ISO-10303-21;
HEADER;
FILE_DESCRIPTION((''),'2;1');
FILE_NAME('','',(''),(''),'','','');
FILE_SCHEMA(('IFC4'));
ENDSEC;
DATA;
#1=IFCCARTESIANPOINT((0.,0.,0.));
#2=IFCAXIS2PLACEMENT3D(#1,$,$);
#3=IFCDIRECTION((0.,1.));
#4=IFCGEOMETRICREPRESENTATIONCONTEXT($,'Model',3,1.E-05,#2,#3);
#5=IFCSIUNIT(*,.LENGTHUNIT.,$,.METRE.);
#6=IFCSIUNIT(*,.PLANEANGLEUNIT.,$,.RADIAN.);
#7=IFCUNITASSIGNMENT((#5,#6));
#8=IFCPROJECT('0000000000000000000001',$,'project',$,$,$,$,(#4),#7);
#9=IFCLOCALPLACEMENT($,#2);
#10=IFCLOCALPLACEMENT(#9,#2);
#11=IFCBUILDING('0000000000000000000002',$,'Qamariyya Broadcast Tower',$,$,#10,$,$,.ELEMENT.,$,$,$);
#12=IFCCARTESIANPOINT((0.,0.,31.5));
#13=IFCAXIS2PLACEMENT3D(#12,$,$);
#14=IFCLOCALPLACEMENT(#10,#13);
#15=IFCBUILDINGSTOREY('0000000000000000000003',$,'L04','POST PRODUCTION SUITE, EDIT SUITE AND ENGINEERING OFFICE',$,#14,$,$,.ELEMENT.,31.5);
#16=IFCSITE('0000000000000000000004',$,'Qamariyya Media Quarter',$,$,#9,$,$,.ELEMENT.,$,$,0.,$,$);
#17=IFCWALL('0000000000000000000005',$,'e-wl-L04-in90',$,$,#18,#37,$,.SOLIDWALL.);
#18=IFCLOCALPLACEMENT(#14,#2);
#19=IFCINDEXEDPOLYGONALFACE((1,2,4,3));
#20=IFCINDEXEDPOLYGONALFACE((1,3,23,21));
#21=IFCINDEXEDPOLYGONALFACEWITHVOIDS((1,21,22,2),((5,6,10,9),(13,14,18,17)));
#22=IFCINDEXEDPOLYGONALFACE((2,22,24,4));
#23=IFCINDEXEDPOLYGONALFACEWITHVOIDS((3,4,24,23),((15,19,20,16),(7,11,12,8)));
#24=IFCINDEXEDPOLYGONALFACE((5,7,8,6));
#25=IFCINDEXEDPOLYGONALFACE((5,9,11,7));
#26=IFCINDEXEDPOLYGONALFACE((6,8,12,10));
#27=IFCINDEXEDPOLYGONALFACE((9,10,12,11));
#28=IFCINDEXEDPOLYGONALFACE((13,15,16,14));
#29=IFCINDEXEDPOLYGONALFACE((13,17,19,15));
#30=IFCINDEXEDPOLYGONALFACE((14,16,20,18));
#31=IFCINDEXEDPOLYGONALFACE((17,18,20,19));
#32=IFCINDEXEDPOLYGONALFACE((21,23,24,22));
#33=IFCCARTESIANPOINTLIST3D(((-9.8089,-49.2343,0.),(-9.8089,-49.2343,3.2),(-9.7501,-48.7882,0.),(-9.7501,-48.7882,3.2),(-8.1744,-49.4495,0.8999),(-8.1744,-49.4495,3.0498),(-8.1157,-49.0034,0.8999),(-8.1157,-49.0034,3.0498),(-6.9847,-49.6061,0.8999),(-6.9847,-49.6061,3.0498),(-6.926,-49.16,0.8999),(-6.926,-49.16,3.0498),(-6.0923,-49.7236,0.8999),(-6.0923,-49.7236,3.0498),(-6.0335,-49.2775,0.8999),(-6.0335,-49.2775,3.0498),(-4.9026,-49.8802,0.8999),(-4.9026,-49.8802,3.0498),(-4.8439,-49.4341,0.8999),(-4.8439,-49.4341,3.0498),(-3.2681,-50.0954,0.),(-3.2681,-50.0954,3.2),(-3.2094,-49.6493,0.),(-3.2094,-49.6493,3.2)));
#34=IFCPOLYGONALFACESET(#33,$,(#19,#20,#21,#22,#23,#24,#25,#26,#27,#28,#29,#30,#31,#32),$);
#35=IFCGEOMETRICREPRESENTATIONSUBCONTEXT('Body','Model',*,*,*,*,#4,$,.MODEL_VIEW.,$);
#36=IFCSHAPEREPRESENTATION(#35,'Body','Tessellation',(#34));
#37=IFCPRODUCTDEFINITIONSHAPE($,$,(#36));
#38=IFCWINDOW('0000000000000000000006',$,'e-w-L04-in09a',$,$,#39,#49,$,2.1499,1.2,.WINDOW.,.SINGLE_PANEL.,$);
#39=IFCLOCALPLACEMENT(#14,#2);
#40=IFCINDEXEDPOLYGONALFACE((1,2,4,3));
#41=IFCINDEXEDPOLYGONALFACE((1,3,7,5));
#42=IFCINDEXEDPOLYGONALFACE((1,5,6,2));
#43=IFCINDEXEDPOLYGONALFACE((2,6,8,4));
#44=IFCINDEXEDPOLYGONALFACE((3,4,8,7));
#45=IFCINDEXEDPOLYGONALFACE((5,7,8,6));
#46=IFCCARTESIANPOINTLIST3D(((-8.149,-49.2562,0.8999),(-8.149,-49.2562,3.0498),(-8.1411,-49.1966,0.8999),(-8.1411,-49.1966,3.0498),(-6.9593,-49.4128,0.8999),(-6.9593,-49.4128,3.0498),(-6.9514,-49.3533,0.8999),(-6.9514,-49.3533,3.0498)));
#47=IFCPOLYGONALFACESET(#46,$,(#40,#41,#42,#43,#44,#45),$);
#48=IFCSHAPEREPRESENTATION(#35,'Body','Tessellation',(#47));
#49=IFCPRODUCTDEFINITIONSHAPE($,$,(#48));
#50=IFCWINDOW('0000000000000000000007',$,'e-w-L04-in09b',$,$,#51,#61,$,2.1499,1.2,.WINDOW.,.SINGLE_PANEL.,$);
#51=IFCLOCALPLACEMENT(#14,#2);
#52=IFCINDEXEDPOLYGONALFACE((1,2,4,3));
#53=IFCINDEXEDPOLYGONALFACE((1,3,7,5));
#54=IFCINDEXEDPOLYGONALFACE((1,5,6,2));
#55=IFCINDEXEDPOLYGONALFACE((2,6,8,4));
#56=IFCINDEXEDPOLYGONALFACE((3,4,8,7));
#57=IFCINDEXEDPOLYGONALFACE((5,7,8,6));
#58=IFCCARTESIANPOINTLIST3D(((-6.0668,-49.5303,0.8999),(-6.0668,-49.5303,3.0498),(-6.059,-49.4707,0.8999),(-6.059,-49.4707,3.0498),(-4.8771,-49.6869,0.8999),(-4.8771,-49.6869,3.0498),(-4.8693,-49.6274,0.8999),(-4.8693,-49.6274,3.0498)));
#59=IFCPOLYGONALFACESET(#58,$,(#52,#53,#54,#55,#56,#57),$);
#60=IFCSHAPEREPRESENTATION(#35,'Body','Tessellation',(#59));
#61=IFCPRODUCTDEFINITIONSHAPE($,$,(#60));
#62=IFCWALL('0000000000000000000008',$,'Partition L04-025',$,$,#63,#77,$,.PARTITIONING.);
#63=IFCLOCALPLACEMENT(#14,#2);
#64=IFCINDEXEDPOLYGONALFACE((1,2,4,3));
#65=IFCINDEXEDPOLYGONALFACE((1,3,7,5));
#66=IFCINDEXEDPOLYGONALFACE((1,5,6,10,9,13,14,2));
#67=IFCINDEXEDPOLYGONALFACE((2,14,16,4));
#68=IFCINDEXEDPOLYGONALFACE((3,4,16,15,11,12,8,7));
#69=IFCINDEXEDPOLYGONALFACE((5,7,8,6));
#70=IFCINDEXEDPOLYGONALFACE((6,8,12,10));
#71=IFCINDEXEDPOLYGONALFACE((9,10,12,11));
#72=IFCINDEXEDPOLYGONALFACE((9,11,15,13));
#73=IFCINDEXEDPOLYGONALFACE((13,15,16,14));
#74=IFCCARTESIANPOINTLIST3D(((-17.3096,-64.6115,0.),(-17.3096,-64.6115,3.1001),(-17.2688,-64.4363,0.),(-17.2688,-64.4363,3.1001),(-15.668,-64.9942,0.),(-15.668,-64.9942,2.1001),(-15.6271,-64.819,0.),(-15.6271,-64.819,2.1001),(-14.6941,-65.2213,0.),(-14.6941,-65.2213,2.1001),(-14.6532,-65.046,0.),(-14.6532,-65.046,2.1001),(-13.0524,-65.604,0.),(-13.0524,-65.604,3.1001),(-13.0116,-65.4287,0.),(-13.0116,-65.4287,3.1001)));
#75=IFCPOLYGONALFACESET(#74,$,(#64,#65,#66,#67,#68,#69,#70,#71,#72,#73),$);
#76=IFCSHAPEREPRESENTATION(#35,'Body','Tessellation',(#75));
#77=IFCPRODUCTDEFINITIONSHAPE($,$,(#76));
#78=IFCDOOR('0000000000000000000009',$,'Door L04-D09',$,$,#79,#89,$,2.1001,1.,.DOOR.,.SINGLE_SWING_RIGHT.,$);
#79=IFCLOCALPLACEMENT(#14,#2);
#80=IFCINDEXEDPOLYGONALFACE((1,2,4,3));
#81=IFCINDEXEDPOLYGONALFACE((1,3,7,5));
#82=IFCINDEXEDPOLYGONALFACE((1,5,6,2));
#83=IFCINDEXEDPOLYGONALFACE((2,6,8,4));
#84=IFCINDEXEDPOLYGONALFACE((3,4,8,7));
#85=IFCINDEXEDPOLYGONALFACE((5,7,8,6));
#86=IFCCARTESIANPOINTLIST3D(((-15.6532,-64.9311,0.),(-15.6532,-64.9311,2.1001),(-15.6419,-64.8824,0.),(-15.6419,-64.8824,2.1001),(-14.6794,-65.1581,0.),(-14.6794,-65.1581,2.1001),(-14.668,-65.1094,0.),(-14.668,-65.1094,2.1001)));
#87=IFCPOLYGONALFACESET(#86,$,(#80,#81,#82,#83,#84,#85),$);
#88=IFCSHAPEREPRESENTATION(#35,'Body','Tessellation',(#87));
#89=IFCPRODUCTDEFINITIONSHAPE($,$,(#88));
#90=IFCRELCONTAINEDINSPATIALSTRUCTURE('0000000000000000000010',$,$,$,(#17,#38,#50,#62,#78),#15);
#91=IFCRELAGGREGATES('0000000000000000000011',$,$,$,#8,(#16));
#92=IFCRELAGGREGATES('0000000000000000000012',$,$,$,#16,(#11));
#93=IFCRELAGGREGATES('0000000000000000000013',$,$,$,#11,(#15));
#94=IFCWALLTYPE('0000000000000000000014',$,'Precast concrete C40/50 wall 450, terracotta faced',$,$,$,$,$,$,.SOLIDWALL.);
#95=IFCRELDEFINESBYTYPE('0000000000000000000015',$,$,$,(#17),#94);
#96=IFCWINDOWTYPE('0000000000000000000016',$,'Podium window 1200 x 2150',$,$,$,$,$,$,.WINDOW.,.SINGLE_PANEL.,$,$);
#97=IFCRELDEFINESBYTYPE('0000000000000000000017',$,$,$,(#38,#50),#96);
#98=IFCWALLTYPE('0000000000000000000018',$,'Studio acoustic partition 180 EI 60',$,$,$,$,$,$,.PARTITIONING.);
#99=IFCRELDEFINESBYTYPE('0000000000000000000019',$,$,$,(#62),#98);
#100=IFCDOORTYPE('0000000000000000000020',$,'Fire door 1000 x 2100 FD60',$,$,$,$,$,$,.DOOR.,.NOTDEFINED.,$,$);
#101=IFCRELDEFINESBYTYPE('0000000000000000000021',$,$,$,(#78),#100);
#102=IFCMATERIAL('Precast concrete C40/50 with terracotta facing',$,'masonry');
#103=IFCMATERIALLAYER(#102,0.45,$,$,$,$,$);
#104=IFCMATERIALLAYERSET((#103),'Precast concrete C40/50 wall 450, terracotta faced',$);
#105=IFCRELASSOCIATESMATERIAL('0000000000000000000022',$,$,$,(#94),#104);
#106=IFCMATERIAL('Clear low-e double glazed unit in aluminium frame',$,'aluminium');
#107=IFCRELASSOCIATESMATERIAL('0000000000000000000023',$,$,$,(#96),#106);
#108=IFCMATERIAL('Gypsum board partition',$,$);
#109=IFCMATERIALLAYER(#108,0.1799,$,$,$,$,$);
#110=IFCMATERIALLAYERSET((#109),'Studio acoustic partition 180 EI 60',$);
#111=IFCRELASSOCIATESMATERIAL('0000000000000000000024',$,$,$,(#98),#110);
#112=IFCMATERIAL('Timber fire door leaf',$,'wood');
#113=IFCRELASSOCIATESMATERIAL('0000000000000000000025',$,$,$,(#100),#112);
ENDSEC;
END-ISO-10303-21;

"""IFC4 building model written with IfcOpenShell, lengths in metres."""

from ifc_helpers import new_model, si_unit, direction, frame, frame_2d, origin, place, context, subcontext, project, spatial, rectangle, extrude, material, layer, layer_set, type_object, element, fill, save


model = new_model("IFC4")

# Units and contexts
model_context = context("Model", 3, precision=1e-05, world=origin(), true_north=direction((0.0, 1.0)))
body_context = subcontext(model_context, "Body", "Model", "MODEL_VIEW")
ifc_project = project(units=[si_unit("LENGTHUNIT", "METRE"), si_unit("PLANEANGLEUNIT", "RADIAN")], contexts=[model_context])

# Site, building, storey
site_placement = place(None, origin())
site = spatial("IfcSite", under=ifc_project, at=site_placement, Name="Qamariyya Media Quarter", CompositionType="ELEMENT", RefElevation=0.0)
building_placement = place(site_placement, origin())
building = spatial("IfcBuilding", under=site, at=building_placement, Name="Qamariyya Broadcast Tower", CompositionType="ELEMENT")
storey_placement = place(building_placement, frame((0.0, 0.0, 31.5)))
storey = spatial("IfcBuildingStorey", under=building, at=storey_placement, Name="L04", Description="POST PRODUCTION SUITE, EDIT SUITE AND ENGINEERING OFFICE", CompositionType="ELEMENT", Elevation=31.5)

# Shared definitions
ifc_material_1 = material(Name="Gypsum board partition")

# Wall, openings, windows
ifc_material_2 = material(Name="Precast concrete C40/50 with terracotta facing", Category="masonry")
ifc_layer_1 = layer(ifc_material_2, 0.45)
ifc_layer_set_1 = layer_set([ifc_layer_1], Name="Precast concrete C40/50 wall 450, terracotta faced")
wall_type_1 = type_object("IfcWallType", Name="Precast concrete C40/50 wall 450, terracotta faced", PredefinedType="SOLIDWALL", material=ifc_layer_set_1)
wall_1_placement = place(storey_placement, frame((-3.2388, -49.8723, 0.0), z_axis=(0.0, 0.0, 1.0), x_axis=(-0.991445, 0.130522, 0.0)))
wall_1 = element("IfcWall", 1, at=wall_1_placement, inside=storey, type_object=wall_type_1, Name="e-wl-L04-in90", PredefinedType="SOLIDWALL", context=body_context, shape_type="SweptSolid", body=[
    extrude(rectangle(XDim=6.5972, YDim=0.45, at=frame_2d((3.2986, 0.0))), origin(), (0.0, 0.0, 1.0), 3.2),
])
opening_1_placement = place(wall_1_placement, frame((3.7485, 0.0, 0.8999)))
opening_1 = element("IfcOpeningElement", 2, at=opening_1_placement, cuts=wall_1, PredefinedType="OPENING", context=body_context, shape_type="SweptSolid", body=[
    extrude(rectangle(XDim=1.2, YDim=2.1499, at=frame_2d((0.6001, 1.075))), frame((0.0, 0.2349, 0.0), z_axis=(0.0, -1.0, 0.0), x_axis=(1.0, 0.0, 0.0)), (0.0, 0.0, 1.0), 0.47),
])
opening_2_placement = place(wall_1_placement, frame((1.6484, 0.0, 0.8999)))
opening_2 = element("IfcOpeningElement", 3, at=opening_2_placement, cuts=wall_1, PredefinedType="OPENING", context=body_context, shape_type="SweptSolid", body=[
    extrude(rectangle(XDim=1.2, YDim=2.1499, at=frame_2d((0.6001, 1.075))), frame((0.0, 0.2349, 0.0), z_axis=(0.0, -1.0, 0.0), x_axis=(1.0, 0.0, 0.0)), (0.0, 0.0, 1.0), 0.47),
])
ifc_material_3 = material(Name="Clear low-e double glazed unit in aluminium frame", Category="aluminium")
window_type = type_object("IfcWindowType", Name="Podium window 1200 x 2150", PartitioningType="SINGLE_PANEL", PredefinedType="WINDOW", material=ifc_material_3)
window_1_placement = place(opening_1_placement, origin())
window_1 = element("IfcWindow", 4, at=window_1_placement, inside=storey, type_object=window_type, Name="e-w-L04-in09a", OverallHeight=2.1499, OverallWidth=1.2, PartitioningType="SINGLE_PANEL", PredefinedType="WINDOW", context=body_context, shape_type="SweptSolid", body=[
    extrude(rectangle(XDim=1.2, YDim=2.1499, at=frame_2d((0.6001, 1.075))), frame((0.0, 0.03, 0.0), z_axis=(0.0, -1.0, 0.0), x_axis=(1.0, 0.0, 0.0)), (0.0, 0.0, 1.0), 0.0601),
])
fill(opening_1, window_1)
window_2_placement = place(opening_2_placement, origin())
window_2 = element("IfcWindow", 5, at=window_2_placement, inside=storey, type_object=window_type, Name="e-w-L04-in09b", OverallHeight=2.1499, OverallWidth=1.2, PartitioningType="SINGLE_PANEL", PredefinedType="WINDOW", context=body_context, shape_type="SweptSolid", body=[
    extrude(rectangle(XDim=1.2, YDim=2.1499, at=frame_2d((0.6001, 1.075))), frame((0.0, 0.03, 0.0), z_axis=(0.0, -1.0, 0.0), x_axis=(1.0, 0.0, 0.0)), (0.0, 0.0, 1.0), 0.0601),
])
fill(opening_2, window_2)

# Wall, opening, door
ifc_layer_2 = layer(ifc_material_1, 0.1799)
ifc_layer_set_2 = layer_set([ifc_layer_2], Name="Studio acoustic partition 180 EI 60")
wall_type_2 = type_object("IfcWallType", Name="Studio acoustic partition 180 EI 60", PredefinedType="PARTITIONING", material=ifc_layer_set_2)
wall_2_placement = place(storey_placement, frame((-17.2891, -64.5239, 0.0), z_axis=(0.0, 0.0, 1.0), x_axis=(0.973886, -0.227037, 0.0)))
wall_2 = element("IfcWall", 6, at=wall_2_placement, inside=storey, type_object=wall_type_2, Name="Partition L04-025", PredefinedType="PARTITIONING", context=body_context, shape_type="SweptSolid", body=[
    extrude(rectangle(XDim=4.3713, YDim=0.1799, at=frame_2d((2.1855, 0.0))), origin(), (0.0, 0.0, 1.0), 3.1001),
])
opening_3_placement = place(wall_2_placement, frame((1.6855, 0.0, 0.0)))
opening_3 = element("IfcOpeningElement", 7, at=opening_3_placement, cuts=wall_2, PredefinedType="OPENING", context=body_context, shape_type="SweptSolid", body=[
    extrude(rectangle(XDim=1.0, YDim=2.1001, at=frame_2d((0.5, 1.05))), frame((0.0, 0.0999, 0.0), z_axis=(0.0, -1.0, 0.0), x_axis=(1.0, 0.0, 0.0)), (0.0, 0.0, 1.0), 0.2),
])
ifc_material_4 = material(Name="Timber fire door leaf", Category="wood")
door_type = type_object("IfcDoorType", Name="Fire door 1000 x 2100 FD60", OperationType="NOTDEFINED", PredefinedType="DOOR", material=ifc_material_4)
door_placement = place(opening_3_placement, origin())
door = element("IfcDoor", 8, at=door_placement, inside=storey, type_object=door_type, Name="Door L04-D09", OperationType="SINGLE_SWING_RIGHT", OverallHeight=2.1001, OverallWidth=1.0, PredefinedType="DOOR", context=body_context, shape_type="SweptSolid", body=[
    extrude(rectangle(XDim=1.0, YDim=2.1001, at=frame_2d((0.5, 1.05))), frame((0.0, 0.0249, 0.0), z_axis=(0.0, -1.0, 0.0), x_axis=(1.0, 0.0, 0.0)), (0.0, 0.0, 1.0), 0.05),
])
fill(opening_3, door)

save(model, "model.ifc")
